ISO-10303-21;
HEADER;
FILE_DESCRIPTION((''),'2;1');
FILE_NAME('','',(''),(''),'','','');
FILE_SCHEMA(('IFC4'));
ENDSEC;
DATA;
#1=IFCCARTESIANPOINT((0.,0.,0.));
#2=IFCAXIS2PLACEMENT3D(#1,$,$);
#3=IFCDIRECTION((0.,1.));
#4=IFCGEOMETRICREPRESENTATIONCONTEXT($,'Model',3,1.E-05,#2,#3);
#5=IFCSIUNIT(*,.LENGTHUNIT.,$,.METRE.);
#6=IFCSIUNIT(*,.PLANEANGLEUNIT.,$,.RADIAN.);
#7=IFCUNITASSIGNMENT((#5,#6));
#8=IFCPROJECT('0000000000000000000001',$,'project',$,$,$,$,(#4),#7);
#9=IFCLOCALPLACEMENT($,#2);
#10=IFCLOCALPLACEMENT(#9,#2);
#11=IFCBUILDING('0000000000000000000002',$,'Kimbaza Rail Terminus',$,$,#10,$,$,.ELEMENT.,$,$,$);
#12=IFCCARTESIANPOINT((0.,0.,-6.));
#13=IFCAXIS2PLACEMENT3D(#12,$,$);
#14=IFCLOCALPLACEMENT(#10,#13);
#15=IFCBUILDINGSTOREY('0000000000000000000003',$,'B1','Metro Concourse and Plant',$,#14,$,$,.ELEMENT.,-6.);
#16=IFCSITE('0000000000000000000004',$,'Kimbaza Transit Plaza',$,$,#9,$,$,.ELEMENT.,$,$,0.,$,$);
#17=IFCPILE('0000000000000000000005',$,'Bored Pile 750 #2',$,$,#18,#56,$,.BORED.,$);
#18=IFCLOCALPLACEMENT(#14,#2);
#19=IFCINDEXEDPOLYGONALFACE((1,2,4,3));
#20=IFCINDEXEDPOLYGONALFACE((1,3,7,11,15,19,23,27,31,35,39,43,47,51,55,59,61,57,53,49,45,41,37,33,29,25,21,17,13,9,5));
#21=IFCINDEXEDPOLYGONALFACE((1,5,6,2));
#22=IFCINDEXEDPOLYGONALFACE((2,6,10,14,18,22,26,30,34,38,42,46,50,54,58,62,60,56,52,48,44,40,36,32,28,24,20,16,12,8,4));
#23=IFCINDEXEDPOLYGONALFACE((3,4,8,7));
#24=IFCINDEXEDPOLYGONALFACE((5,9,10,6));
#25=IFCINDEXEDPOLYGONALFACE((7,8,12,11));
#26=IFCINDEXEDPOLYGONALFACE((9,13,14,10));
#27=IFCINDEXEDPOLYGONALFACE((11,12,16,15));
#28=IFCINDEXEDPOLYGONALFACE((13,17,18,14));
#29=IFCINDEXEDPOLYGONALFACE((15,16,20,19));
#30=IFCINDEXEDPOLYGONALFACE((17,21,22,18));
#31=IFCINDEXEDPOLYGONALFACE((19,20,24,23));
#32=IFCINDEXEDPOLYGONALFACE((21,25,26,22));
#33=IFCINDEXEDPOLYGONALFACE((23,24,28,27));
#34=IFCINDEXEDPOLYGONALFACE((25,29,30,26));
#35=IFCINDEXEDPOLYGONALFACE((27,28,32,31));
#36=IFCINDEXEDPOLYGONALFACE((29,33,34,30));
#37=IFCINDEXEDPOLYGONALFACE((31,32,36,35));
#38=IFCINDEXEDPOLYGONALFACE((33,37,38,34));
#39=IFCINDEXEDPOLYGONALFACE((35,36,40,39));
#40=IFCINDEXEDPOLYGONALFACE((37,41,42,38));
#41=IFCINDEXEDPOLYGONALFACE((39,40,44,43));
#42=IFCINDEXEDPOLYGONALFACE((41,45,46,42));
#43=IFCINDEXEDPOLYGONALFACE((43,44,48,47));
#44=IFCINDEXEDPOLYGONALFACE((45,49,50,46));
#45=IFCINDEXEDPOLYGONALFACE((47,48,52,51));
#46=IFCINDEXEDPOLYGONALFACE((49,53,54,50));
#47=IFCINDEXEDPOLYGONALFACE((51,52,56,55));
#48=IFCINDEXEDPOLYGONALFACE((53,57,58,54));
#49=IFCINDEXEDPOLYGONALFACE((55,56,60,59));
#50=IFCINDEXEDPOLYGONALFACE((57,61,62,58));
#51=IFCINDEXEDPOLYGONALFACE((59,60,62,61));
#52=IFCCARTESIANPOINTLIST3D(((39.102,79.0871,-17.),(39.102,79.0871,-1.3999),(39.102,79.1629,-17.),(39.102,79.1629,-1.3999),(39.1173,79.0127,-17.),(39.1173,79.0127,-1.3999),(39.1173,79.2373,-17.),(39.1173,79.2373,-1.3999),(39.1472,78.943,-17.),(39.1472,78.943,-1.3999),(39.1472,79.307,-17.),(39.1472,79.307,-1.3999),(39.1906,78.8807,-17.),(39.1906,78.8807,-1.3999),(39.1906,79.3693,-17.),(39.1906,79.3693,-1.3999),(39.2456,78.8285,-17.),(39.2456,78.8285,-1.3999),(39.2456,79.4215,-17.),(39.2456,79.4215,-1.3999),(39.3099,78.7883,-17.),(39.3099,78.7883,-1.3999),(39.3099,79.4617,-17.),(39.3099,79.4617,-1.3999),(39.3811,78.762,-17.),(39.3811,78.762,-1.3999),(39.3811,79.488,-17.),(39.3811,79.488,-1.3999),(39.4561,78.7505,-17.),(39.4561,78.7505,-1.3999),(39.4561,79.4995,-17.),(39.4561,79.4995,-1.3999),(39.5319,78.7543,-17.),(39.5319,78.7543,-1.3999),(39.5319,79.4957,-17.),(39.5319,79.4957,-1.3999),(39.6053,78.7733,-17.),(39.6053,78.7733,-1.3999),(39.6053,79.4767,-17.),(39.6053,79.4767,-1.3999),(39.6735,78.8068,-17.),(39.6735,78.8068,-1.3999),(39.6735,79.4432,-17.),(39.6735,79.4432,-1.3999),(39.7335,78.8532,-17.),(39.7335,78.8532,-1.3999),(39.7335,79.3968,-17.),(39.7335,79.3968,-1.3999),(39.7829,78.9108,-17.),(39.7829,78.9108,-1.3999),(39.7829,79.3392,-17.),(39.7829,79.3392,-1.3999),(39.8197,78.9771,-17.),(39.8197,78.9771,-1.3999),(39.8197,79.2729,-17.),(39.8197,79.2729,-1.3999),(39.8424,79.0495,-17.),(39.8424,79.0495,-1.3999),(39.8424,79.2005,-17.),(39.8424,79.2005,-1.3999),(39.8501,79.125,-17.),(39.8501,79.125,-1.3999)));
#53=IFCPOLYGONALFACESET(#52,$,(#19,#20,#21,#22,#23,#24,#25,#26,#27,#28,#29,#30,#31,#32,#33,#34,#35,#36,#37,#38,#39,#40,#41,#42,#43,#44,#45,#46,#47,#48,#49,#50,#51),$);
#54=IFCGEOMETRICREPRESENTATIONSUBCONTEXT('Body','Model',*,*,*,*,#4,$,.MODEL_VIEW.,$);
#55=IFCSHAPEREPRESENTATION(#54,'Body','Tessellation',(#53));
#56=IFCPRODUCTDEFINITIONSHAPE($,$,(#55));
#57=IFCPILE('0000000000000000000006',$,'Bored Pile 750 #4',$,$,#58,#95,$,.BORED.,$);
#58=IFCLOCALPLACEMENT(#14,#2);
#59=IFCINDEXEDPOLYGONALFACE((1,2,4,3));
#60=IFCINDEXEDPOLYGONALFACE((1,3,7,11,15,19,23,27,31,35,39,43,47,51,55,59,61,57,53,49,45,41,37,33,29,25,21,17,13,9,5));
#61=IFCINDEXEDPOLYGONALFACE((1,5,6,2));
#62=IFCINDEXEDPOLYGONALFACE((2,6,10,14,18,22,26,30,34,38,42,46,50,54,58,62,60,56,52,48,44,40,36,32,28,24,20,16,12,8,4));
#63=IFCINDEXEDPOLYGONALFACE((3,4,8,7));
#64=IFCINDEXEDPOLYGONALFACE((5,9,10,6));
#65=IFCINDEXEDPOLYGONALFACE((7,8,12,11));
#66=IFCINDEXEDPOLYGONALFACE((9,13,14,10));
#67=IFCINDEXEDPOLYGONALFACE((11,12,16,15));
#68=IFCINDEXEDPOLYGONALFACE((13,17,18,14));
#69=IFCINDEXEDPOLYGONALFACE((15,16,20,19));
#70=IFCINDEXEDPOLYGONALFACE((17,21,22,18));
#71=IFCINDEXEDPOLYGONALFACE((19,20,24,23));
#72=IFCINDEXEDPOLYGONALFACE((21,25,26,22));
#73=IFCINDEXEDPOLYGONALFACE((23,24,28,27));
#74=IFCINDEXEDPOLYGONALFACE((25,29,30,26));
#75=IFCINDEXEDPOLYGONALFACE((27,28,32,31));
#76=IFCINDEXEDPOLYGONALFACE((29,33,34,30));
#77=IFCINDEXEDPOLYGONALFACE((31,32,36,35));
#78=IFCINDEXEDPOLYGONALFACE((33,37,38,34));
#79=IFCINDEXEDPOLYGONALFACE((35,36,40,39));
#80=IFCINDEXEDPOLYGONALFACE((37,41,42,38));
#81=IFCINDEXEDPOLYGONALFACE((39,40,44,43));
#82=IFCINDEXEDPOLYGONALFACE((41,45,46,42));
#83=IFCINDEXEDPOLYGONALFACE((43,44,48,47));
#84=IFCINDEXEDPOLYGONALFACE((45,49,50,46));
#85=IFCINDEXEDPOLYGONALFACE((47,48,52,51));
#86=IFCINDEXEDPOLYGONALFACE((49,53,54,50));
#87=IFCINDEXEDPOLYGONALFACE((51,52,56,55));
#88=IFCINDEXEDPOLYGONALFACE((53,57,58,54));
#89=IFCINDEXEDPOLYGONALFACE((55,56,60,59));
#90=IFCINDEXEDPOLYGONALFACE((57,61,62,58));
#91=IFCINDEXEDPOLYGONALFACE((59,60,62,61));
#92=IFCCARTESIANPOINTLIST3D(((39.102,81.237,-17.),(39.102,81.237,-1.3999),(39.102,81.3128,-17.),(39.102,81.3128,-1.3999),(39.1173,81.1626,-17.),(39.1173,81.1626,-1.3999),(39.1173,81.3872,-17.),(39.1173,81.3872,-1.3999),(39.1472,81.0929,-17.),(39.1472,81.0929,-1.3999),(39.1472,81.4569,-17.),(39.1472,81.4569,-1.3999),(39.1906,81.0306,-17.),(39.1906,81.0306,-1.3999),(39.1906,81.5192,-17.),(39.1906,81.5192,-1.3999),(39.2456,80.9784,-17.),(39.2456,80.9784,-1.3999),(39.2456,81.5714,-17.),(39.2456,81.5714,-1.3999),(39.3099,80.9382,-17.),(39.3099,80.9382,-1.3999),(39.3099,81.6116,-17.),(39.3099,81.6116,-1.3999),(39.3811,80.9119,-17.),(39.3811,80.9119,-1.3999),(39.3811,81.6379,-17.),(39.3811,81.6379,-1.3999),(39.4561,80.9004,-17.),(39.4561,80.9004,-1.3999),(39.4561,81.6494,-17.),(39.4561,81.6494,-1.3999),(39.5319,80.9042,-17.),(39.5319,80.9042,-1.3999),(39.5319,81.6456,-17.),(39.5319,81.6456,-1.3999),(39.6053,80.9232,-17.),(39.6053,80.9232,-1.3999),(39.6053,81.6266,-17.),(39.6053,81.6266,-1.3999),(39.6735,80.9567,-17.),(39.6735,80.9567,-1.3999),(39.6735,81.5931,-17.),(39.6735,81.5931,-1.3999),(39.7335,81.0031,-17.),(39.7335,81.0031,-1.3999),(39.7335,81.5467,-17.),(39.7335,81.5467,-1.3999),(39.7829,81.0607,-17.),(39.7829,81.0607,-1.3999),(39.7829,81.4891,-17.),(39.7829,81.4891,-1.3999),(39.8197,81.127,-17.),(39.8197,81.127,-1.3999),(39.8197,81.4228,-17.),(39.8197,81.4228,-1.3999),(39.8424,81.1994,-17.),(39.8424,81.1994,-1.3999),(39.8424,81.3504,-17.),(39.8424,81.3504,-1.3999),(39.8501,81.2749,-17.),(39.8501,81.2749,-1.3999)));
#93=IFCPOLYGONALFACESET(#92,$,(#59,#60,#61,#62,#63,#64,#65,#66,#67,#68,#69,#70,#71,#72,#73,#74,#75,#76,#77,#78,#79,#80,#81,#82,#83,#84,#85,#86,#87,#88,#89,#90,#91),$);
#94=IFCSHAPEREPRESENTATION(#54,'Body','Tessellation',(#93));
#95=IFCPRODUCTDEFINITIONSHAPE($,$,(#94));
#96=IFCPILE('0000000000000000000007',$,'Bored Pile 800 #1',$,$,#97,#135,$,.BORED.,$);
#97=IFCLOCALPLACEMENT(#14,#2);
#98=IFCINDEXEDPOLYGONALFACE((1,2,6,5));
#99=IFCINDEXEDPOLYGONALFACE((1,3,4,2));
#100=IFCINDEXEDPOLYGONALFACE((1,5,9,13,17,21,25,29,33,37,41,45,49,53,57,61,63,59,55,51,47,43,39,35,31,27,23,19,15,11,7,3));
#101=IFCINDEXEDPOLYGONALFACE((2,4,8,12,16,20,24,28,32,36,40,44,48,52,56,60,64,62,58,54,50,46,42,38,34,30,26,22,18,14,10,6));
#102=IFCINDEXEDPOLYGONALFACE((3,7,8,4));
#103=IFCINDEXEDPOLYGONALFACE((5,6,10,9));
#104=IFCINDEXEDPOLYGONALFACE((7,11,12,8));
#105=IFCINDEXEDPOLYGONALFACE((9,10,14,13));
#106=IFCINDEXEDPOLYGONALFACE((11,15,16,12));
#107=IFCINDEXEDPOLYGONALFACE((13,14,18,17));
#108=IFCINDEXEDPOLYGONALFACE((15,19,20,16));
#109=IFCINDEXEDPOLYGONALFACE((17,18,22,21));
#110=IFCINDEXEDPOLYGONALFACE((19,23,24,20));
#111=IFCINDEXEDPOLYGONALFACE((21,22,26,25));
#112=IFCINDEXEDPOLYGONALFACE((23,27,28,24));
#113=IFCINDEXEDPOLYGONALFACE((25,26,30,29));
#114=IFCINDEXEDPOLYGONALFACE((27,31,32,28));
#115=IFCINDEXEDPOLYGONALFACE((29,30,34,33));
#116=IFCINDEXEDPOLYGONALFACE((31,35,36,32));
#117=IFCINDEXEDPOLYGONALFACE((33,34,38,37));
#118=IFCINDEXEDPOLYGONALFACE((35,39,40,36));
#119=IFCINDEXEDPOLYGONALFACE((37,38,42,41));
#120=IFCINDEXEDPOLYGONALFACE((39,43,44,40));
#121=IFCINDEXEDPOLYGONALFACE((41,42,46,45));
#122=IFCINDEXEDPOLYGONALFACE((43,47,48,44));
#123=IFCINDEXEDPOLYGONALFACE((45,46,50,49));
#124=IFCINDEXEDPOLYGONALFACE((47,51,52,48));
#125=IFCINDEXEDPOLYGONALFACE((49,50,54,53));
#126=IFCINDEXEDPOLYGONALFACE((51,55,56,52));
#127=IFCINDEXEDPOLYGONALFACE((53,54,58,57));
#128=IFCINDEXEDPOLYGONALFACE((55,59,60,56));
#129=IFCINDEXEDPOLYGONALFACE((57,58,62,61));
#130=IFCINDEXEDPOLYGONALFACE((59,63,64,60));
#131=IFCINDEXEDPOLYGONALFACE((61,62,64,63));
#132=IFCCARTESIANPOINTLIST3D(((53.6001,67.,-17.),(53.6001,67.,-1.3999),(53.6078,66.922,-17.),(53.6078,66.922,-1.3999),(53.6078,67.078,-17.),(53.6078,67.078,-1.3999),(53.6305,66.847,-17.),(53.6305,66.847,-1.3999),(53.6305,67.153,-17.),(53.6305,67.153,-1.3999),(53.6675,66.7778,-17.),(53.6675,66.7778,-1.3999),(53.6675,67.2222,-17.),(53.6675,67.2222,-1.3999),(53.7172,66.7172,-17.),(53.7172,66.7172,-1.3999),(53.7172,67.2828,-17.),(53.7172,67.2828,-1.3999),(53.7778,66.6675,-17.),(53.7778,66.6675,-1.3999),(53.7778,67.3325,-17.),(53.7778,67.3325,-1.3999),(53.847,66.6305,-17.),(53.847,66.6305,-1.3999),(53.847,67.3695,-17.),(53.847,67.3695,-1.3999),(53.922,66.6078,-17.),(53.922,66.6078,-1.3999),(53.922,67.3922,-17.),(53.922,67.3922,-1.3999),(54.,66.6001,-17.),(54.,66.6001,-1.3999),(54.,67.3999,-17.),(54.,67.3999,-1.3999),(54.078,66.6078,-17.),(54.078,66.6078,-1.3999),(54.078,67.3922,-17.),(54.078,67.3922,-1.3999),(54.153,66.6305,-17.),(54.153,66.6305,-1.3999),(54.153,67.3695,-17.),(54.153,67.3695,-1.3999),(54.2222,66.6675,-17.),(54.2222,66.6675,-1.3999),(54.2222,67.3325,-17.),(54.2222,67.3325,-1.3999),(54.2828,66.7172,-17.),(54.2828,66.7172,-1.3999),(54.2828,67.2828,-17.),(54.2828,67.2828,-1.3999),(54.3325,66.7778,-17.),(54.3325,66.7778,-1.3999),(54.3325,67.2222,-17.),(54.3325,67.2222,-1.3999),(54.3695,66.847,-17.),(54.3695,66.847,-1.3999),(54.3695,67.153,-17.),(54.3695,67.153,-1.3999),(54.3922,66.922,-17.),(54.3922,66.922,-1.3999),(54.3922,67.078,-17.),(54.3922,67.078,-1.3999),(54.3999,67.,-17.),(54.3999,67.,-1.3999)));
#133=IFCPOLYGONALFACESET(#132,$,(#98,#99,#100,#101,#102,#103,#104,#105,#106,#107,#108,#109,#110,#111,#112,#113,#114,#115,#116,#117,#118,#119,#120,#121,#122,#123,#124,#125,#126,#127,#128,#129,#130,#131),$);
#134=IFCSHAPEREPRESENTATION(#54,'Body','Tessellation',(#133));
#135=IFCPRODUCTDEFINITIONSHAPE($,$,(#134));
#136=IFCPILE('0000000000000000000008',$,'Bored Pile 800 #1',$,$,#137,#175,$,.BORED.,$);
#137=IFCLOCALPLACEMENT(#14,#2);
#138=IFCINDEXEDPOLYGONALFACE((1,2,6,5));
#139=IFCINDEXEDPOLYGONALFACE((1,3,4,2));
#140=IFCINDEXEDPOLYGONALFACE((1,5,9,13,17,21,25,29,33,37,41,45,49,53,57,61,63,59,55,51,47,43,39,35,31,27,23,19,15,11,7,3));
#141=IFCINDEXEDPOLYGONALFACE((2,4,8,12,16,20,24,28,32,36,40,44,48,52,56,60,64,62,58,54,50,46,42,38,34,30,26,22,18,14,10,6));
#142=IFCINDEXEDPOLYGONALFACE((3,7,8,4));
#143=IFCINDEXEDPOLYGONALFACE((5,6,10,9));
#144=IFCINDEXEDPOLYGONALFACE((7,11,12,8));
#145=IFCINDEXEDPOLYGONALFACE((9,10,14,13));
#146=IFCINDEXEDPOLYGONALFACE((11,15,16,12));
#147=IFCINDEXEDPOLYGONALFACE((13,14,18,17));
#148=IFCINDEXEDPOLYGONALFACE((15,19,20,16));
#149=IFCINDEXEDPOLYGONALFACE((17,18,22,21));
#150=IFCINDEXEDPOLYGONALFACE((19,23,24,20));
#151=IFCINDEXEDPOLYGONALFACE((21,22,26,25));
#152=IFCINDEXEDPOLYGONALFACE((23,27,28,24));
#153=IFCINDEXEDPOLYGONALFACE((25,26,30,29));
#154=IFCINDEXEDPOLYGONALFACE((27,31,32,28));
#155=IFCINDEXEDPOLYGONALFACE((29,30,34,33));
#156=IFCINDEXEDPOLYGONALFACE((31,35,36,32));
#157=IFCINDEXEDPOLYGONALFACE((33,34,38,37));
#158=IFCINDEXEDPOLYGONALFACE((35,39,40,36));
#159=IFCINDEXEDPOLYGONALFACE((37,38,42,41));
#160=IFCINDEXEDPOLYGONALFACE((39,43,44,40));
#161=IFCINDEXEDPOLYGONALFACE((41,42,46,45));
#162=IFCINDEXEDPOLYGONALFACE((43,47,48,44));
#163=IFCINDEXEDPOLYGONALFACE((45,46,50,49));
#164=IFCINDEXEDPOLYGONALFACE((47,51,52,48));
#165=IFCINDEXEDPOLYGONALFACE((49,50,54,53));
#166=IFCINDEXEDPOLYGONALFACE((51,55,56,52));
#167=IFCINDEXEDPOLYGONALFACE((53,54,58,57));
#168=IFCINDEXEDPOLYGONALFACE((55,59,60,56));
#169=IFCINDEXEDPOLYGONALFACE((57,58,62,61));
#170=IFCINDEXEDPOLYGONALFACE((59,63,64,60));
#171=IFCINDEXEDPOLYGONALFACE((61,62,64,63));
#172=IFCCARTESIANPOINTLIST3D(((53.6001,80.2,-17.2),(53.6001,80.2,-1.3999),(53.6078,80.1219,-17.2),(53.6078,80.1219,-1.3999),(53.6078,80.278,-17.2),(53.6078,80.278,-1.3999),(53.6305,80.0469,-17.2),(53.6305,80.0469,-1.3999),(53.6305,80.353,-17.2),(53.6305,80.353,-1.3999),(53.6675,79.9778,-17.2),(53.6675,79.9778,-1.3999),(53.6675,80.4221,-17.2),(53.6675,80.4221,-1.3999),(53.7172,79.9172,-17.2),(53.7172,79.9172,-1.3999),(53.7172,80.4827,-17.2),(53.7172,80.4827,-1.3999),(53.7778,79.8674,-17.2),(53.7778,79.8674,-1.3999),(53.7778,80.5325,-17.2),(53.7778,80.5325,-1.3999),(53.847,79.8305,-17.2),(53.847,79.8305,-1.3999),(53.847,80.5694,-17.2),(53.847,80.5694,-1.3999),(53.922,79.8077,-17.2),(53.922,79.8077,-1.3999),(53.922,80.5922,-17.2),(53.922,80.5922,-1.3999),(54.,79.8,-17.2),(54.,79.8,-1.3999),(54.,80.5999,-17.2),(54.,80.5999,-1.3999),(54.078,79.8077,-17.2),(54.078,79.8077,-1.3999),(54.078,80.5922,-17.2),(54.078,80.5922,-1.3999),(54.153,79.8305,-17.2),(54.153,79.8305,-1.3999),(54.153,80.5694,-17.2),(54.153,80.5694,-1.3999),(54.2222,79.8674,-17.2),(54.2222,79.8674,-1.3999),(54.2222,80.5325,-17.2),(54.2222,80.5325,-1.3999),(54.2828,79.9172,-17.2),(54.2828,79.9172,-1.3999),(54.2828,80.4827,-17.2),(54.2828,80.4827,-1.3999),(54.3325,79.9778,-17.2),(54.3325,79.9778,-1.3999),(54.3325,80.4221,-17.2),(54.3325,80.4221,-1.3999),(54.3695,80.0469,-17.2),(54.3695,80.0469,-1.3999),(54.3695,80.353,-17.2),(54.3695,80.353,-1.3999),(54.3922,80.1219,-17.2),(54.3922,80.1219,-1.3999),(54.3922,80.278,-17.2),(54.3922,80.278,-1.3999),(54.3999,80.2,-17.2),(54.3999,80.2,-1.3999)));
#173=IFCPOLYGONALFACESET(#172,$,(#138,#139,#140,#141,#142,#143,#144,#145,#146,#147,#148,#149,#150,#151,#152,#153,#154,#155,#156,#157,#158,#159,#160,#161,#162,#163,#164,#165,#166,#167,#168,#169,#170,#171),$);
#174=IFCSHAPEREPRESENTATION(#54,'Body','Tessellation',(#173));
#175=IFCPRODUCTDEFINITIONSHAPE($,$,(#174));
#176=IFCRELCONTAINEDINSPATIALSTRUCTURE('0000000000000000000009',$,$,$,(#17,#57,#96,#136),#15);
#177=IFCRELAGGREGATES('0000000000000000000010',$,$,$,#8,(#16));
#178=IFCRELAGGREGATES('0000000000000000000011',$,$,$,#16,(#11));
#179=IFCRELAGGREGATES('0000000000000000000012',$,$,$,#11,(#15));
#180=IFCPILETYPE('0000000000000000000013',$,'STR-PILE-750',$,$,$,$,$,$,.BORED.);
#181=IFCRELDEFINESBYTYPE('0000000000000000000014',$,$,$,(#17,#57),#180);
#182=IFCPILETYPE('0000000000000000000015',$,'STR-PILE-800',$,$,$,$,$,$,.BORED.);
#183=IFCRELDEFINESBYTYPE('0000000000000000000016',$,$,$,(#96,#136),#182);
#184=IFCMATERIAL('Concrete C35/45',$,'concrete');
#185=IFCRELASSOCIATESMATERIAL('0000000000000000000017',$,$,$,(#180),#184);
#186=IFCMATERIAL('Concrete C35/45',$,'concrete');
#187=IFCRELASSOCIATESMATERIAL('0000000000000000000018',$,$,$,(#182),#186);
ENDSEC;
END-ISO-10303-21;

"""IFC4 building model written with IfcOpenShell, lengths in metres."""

from ifc_helpers import new_model, si_unit, direction, frame, origin, origin_2d, place, context, subcontext, project, spatial, circle, extrude, material, material_profile, profile_set, type_object, element, save


model = new_model("IFC4")

# Units and contexts
model_context = context("Model", 3, precision=1e-05, world=origin(), true_north=direction((0.0, 1.0)))
body_context = subcontext(model_context, "Body", "Model", "MODEL_VIEW")
ifc_project = project(units=[si_unit("LENGTHUNIT", "METRE"), si_unit("PLANEANGLEUNIT", "RADIAN")], contexts=[model_context])

# Site, building, storey
site_placement = place(None, origin())
site = spatial("IfcSite", under=ifc_project, at=site_placement, Name="Kimbaza Transit Plaza", CompositionType="ELEMENT", RefElevation=0.0)
building_placement = place(site_placement, origin())
building = spatial("IfcBuilding", under=site, at=building_placement, Name="Kimbaza Rail Terminus", CompositionType="ELEMENT")
storey_placement = place(building_placement, frame((0.0, 0.0, -6.0)))
storey = spatial("IfcBuildingStorey", under=building, at=storey_placement, Name="B1", Description="Metro Concourse and Plant", CompositionType="ELEMENT", Elevation=-6.0)

# Piles
ifc_material_1 = material(Name="Concrete C35/45", Category="concrete")
ifc_material_profile_1 = material_profile(ifc_material_1, circle(Radius=0.375, at=origin_2d()), Name="BORED PILE 750")
ifc_profile_set_1 = profile_set([ifc_material_profile_1], Name="Concrete C35/45")
pile_type_1 = type_object("IfcPileType", Name="STR-PILE-750", PredefinedType="BORED", material=ifc_profile_set_1)
for number, where, z_axis, x_axis, name in (
    (1, (39.4751, 79.125, -1.3999), (0.0, 0.0, -1.0), (1.0, 0.0, 0.0), "Bored Pile 750 #2"),
    (2, (39.4751, 81.2749, -1.3999), (0.0, 0.0, -1.0), (1.0, 0.0, 0.0), "Bored Pile 750 #4"),
):
    element("IfcPile", number, at=place(storey_placement, frame(where, z_axis=z_axis, x_axis=x_axis)), inside=storey, type_object=pile_type_1, Name=name, PredefinedType="BORED", context=body_context, shape_type="SweptSolid", body=[
        extrude(circle(Radius=0.375, at=origin_2d()), origin(), (0.0, 0.0, 1.0), 15.6001),
    ])
ifc_material_2 = material(Name="Concrete C35/45", Category="concrete")
ifc_material_profile_2 = material_profile(ifc_material_2, circle(Radius=0.3999, at=origin_2d()), Name="BORED PILE 800")
ifc_profile_set_2 = profile_set([ifc_material_profile_2], Name="Concrete C35/45")
pile_type_2 = type_object("IfcPileType", Name="STR-PILE-800", PredefinedType="BORED", material=ifc_profile_set_2)
pile_placement = place(storey_placement, frame((54.0, 67.0, -1.3999), z_axis=(0.0, 0.0, -1.0), x_axis=(1.0, 0.0, 0.0)))
element("IfcPile", 3, at=pile_placement, inside=storey, type_object=pile_type_2, Name="Bored Pile 800 #1", PredefinedType="BORED", context=body_context, shape_type="SweptSolid", body=[
    extrude(circle(Radius=0.3999, at=origin_2d()), origin(), (0.0, 0.0, 1.0), 15.6001),
])
for number, where, z_axis, x_axis, name in (
    (4, (54.0, 80.2, -1.3999), (0.0, 0.0, -1.0), (1.0, 0.0, 0.0), "Bored Pile 800 #1"),
):
    element("IfcPile", number, at=place(storey_placement, frame(where, z_axis=z_axis, x_axis=x_axis)), inside=storey, type_object=pile_type_2, Name=name, PredefinedType="BORED", context=body_context, shape_type="SweptSolid", body=[
        extrude(circle(Radius=0.3999, at=origin_2d()), origin(), (0.0, 0.0, 1.0), 15.8),
    ])

save(model, "model.ifc")
